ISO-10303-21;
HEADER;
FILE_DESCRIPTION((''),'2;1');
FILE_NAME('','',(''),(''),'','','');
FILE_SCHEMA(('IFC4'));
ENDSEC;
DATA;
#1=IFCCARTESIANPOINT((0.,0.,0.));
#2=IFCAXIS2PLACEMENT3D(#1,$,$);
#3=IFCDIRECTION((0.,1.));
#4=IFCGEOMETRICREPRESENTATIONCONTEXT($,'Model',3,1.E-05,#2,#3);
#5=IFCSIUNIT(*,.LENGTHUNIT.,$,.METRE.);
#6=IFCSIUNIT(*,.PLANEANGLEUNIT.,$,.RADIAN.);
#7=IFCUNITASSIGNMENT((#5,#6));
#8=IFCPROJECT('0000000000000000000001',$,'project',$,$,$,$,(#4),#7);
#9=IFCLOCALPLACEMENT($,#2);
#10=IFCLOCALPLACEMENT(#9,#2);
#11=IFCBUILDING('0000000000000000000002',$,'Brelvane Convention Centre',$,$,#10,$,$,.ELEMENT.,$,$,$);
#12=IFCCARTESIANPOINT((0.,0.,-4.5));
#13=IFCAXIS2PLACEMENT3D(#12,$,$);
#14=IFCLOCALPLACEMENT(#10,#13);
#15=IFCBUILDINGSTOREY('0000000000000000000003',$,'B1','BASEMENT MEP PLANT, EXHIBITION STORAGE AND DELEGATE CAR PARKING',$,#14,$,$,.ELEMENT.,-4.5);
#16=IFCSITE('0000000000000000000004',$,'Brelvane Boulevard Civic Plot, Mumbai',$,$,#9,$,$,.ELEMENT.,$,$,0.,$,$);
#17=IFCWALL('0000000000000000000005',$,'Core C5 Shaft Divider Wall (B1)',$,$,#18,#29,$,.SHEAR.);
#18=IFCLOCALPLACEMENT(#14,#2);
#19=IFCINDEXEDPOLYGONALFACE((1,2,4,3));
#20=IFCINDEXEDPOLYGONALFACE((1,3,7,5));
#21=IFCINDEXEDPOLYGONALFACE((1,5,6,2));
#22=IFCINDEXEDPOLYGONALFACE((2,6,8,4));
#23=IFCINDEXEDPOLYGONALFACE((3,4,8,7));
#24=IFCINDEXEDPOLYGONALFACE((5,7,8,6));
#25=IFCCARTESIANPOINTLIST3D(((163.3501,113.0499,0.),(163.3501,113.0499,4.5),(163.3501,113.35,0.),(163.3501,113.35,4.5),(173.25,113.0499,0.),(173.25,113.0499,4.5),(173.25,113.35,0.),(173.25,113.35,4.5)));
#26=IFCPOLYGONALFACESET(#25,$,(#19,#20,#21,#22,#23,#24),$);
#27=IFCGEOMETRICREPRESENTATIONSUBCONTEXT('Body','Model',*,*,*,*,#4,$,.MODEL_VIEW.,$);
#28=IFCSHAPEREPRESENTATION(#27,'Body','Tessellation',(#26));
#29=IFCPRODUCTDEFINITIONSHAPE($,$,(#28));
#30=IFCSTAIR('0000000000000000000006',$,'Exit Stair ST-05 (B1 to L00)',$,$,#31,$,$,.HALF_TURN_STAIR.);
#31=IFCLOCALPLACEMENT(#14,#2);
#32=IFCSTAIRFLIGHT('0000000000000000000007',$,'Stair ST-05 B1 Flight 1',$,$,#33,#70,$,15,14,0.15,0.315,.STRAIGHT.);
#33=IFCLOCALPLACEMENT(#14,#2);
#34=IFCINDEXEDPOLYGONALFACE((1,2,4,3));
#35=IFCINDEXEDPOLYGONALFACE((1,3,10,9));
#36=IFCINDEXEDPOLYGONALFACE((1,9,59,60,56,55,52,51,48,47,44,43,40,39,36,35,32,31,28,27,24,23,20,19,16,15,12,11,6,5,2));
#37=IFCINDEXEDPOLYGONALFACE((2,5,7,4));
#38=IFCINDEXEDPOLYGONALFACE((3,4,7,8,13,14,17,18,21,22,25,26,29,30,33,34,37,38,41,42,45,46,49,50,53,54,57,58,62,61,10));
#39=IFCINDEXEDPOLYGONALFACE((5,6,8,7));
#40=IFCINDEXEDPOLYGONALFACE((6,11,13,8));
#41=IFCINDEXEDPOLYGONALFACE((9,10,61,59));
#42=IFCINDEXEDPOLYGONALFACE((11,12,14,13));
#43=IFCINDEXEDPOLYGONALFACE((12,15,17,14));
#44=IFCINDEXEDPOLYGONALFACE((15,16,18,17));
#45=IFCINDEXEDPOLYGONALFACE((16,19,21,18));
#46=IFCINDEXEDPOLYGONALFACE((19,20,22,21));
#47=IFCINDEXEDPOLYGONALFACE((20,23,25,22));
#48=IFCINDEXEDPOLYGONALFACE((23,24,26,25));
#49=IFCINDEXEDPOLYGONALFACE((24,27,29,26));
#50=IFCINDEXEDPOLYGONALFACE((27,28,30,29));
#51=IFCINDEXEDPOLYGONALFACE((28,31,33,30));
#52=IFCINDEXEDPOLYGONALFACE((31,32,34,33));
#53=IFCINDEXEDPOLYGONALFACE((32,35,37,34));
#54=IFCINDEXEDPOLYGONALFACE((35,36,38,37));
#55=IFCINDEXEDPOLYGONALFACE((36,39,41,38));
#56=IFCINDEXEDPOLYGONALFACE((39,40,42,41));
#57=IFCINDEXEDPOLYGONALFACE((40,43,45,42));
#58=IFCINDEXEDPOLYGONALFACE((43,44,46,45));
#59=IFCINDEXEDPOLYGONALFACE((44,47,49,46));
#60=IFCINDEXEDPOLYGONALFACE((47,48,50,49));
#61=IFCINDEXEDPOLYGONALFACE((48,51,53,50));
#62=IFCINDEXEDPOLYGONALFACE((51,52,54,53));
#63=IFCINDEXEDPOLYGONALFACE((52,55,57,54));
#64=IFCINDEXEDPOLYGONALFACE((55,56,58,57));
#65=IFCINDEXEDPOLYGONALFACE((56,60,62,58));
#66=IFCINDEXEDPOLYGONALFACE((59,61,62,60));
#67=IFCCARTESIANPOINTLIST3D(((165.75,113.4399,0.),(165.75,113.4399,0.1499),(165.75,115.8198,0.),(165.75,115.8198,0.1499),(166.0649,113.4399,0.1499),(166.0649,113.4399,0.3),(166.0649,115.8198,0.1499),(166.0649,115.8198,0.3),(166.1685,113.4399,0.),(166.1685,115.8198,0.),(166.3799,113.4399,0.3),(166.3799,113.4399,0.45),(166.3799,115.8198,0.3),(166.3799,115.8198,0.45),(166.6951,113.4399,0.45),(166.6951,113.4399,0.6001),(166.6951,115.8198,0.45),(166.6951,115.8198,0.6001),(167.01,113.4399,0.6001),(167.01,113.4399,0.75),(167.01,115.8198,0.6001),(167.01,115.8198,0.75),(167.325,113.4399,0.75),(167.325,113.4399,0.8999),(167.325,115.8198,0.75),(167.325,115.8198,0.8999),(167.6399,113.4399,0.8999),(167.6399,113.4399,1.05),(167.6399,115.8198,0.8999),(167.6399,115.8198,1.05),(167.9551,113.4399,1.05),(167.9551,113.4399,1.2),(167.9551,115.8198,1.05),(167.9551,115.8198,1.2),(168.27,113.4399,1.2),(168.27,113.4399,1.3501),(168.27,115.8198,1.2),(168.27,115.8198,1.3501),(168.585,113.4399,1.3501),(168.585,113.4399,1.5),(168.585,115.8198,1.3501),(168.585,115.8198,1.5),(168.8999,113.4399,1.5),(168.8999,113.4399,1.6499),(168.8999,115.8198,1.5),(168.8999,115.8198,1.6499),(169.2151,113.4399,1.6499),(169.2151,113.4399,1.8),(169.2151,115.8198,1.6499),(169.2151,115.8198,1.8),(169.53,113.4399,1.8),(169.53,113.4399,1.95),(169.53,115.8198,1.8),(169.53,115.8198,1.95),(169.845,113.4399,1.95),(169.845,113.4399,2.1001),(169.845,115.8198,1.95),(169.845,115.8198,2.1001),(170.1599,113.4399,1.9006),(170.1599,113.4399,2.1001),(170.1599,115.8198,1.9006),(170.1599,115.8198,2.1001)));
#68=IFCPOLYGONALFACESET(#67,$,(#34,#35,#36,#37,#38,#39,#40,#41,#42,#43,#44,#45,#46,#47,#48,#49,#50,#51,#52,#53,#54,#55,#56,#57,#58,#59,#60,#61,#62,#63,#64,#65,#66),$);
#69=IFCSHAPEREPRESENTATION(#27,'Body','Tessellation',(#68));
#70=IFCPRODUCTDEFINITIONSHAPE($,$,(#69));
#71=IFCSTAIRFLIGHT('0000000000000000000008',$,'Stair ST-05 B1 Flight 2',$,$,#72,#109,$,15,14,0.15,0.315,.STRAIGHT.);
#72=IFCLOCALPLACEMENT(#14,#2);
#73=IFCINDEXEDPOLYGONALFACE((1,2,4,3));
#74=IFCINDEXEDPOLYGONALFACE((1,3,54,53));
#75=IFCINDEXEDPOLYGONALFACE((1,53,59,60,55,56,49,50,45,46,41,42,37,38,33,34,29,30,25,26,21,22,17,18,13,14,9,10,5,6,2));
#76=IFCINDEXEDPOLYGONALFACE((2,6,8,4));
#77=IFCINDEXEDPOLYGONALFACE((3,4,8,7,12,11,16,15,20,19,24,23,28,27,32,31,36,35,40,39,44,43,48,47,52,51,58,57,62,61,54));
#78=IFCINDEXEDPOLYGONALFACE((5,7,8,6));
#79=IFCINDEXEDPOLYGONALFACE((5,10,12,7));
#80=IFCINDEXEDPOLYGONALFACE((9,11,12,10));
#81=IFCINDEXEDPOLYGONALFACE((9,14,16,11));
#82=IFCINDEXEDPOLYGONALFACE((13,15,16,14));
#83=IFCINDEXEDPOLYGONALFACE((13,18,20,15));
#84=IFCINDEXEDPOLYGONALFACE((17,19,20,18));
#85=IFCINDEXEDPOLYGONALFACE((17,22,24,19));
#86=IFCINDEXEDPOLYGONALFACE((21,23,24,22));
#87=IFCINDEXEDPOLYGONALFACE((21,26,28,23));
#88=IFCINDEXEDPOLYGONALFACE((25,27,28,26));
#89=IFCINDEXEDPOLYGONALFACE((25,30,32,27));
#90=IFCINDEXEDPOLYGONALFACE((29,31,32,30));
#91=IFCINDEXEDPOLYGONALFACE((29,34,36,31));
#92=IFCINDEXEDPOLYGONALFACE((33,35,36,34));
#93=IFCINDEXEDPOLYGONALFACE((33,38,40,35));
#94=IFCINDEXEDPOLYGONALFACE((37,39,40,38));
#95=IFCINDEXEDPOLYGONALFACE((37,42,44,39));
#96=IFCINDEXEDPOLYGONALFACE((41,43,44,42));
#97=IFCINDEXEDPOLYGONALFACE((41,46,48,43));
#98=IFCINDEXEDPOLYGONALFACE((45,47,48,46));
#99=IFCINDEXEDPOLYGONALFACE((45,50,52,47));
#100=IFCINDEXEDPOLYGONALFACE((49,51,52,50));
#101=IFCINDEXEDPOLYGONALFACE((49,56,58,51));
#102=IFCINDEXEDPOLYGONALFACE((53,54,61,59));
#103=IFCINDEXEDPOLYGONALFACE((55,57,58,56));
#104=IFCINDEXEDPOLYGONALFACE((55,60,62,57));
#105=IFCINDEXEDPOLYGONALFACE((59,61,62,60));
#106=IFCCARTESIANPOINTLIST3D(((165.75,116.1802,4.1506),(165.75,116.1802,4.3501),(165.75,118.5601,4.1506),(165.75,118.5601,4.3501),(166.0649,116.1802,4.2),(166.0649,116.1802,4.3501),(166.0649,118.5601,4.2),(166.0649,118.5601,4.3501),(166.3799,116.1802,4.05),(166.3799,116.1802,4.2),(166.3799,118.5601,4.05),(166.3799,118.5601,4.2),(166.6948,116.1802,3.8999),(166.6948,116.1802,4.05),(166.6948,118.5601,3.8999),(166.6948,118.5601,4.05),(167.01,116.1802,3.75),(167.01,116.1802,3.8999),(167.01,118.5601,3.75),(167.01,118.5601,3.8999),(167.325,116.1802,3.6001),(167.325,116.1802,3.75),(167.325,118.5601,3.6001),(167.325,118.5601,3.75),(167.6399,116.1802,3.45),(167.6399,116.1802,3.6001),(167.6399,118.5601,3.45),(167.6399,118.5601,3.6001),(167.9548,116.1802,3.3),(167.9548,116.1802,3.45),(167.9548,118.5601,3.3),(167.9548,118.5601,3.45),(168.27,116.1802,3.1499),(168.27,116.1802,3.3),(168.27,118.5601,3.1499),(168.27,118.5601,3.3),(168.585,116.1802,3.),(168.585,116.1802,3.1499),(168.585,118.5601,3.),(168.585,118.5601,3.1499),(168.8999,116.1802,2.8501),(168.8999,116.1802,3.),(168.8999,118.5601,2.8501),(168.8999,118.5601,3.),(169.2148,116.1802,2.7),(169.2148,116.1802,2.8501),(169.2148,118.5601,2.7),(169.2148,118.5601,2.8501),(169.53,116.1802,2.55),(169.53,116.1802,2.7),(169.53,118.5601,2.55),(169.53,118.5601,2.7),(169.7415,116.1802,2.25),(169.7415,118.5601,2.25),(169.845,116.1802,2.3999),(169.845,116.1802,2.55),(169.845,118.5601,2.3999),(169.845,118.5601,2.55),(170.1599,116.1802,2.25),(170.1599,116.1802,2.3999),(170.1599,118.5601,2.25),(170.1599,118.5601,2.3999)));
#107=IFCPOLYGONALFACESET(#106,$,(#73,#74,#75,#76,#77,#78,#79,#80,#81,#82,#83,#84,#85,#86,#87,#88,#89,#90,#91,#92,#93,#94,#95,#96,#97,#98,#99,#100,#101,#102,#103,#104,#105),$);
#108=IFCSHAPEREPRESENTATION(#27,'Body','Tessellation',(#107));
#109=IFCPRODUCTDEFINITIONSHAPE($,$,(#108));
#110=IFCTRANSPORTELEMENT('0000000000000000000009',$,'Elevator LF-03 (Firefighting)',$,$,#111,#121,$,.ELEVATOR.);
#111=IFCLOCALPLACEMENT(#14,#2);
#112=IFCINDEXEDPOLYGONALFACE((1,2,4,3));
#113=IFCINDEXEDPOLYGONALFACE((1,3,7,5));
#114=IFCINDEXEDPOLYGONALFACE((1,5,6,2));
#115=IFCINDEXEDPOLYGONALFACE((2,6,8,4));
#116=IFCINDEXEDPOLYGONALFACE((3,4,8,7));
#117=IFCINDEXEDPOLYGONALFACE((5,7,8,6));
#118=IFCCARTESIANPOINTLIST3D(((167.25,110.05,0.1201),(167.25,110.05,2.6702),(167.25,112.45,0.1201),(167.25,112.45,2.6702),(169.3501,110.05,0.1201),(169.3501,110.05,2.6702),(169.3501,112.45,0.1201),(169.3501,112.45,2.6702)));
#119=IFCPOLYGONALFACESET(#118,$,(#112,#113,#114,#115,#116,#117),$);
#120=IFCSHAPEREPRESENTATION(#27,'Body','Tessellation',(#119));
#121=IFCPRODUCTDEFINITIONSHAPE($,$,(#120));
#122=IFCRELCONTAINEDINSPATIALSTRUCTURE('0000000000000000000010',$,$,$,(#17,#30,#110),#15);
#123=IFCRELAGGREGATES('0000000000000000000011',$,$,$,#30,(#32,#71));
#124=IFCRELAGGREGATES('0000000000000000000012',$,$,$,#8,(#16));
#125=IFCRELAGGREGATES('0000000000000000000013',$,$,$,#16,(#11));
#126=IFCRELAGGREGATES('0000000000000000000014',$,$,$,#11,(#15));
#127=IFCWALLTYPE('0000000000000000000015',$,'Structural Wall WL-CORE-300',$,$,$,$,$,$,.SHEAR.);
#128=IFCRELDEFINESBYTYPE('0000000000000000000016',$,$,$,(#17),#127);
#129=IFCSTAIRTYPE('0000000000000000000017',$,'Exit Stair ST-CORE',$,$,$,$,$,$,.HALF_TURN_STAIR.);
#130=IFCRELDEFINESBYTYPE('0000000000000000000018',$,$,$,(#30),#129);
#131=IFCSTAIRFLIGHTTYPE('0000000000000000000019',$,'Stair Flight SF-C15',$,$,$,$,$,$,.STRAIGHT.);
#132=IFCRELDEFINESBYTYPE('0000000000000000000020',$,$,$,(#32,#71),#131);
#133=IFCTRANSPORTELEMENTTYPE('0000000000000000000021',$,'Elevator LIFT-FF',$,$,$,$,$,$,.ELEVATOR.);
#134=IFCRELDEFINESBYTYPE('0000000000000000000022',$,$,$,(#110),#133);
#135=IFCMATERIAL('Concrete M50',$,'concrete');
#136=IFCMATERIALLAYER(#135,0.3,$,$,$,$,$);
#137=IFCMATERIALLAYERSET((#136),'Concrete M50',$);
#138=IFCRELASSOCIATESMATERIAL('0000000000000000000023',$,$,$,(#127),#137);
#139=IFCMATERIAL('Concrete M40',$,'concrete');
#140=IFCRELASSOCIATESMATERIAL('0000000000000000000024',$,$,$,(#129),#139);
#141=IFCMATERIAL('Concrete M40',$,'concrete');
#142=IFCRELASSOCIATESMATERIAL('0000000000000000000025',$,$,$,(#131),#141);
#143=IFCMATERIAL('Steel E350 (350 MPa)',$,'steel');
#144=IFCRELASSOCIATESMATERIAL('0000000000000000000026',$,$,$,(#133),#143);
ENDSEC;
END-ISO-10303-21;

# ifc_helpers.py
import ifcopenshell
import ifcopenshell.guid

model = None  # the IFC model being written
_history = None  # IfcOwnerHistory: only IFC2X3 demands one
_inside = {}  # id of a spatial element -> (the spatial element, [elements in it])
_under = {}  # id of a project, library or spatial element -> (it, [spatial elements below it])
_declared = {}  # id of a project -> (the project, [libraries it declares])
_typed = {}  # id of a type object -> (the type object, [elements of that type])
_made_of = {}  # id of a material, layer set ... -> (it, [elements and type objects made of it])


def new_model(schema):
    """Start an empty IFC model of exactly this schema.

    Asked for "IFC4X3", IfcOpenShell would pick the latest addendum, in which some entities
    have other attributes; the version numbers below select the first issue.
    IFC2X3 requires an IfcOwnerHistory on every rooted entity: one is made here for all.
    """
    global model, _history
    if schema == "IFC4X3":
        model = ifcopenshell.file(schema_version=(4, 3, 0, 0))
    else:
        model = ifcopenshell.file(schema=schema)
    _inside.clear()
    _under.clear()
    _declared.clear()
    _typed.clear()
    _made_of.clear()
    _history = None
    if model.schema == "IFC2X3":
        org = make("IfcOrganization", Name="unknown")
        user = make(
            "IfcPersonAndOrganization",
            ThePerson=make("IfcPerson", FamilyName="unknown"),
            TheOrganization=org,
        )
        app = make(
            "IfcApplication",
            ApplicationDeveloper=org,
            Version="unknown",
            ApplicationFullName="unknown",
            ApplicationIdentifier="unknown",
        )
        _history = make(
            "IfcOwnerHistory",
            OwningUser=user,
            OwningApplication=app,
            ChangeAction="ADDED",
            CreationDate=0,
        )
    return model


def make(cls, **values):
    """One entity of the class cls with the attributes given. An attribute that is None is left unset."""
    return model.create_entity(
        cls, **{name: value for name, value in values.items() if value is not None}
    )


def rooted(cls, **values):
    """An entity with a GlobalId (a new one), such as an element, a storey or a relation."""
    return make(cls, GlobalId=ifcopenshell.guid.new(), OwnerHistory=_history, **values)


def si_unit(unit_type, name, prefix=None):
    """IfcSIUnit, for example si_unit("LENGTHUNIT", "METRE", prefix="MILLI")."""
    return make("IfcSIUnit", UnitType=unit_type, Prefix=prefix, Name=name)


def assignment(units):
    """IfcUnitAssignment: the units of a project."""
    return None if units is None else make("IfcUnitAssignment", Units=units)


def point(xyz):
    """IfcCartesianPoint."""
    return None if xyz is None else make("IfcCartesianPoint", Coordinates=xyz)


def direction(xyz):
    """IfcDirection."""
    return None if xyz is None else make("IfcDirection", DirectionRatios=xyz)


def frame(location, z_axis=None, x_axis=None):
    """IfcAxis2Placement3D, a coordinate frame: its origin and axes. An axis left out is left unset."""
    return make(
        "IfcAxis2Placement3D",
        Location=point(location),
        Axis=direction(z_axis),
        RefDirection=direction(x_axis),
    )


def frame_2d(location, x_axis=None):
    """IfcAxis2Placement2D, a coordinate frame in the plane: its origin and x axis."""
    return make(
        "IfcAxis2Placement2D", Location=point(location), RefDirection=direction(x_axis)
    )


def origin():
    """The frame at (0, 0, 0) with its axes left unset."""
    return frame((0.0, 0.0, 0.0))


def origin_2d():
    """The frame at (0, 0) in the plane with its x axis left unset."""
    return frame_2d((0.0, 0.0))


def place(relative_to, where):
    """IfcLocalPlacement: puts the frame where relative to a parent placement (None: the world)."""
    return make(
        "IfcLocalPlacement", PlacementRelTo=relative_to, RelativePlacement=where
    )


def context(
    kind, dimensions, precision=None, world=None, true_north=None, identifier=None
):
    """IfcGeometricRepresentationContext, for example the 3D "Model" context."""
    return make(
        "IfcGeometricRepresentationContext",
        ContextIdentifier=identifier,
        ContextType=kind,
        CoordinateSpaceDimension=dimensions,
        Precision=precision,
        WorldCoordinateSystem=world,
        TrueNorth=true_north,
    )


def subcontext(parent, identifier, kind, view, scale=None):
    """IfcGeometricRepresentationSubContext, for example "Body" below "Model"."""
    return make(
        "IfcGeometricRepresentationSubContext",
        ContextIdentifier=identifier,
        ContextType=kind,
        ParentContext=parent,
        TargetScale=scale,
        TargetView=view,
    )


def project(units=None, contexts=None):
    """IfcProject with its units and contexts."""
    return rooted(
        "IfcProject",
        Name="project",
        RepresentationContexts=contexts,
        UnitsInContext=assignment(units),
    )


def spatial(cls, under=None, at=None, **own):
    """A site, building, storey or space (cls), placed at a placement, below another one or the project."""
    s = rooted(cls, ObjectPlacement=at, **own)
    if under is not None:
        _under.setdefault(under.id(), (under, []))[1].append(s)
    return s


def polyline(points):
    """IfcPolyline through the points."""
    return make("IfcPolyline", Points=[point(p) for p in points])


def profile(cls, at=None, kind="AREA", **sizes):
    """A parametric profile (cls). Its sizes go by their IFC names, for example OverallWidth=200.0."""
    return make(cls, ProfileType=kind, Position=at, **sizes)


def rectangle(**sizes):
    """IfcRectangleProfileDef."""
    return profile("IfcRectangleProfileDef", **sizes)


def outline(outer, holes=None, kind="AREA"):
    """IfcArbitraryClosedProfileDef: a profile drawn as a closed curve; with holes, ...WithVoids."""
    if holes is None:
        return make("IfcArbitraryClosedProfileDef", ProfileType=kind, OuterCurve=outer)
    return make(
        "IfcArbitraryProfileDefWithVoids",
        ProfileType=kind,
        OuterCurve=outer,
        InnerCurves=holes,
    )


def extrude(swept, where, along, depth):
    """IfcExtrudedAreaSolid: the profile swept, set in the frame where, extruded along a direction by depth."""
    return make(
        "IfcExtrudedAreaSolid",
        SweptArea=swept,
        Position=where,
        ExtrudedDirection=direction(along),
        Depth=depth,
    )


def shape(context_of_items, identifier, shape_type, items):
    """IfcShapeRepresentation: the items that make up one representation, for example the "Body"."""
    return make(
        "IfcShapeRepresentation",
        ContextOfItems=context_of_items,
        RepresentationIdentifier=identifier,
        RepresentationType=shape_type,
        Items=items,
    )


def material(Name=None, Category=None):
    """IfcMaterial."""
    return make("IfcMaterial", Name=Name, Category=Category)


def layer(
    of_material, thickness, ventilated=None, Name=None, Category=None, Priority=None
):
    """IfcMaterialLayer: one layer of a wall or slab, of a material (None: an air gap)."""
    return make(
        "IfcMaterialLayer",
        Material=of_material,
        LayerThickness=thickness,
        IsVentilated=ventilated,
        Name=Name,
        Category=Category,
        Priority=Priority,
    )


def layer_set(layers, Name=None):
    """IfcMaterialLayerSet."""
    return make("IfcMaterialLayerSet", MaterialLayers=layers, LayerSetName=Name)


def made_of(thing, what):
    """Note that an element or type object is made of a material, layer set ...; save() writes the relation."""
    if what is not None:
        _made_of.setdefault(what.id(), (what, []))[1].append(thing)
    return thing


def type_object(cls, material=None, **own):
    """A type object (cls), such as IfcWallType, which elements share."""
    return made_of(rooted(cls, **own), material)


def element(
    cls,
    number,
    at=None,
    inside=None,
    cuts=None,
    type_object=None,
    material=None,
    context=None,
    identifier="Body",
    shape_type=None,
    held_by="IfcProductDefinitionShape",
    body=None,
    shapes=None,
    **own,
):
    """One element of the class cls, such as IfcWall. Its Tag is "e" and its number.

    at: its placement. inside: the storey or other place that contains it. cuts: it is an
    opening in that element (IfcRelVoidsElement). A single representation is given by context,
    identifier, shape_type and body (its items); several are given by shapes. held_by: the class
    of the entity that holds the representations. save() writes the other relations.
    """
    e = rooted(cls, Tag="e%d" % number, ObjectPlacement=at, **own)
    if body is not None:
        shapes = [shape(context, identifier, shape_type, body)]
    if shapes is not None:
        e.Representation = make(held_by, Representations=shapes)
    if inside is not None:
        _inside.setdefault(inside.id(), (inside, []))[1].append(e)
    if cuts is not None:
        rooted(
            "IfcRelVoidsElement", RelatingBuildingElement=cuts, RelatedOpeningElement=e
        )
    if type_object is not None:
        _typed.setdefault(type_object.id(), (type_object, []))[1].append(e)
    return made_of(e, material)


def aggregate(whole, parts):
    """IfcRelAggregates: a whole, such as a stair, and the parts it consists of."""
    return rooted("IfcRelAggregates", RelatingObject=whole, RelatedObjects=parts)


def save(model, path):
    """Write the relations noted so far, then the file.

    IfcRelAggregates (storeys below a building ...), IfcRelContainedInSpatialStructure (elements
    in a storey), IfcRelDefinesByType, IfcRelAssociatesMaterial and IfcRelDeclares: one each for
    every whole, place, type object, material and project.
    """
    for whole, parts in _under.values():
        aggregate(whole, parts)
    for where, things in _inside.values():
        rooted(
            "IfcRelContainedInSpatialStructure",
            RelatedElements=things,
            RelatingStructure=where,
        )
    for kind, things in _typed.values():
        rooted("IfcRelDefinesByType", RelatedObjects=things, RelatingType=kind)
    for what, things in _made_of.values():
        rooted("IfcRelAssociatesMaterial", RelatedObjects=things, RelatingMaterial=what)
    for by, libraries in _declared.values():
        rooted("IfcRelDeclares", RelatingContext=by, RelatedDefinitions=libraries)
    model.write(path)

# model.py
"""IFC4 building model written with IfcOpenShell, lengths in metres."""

from ifc_helpers import new_model, si_unit, direction, frame, frame_2d, origin, origin_2d, place, context, subcontext, project, spatial, polyline, rectangle, outline, extrude, material, layer, layer_set, type_object, element, aggregate, save


model = new_model("IFC4")

# Units and contexts
model_context = context("Model", 3, precision=1e-05, world=origin(), true_north=direction((0.0, 1.0)))
body_context = subcontext(model_context, "Body", "Model", "MODEL_VIEW")
ifc_project = project(units=[si_unit("LENGTHUNIT", "METRE"), si_unit("PLANEANGLEUNIT", "RADIAN")], contexts=[model_context])

# Site, building, storey
site_placement = place(None, origin())
site = spatial("IfcSite", under=ifc_project, at=site_placement, Name="Brelvane Boulevard Civic Plot, Mumbai", CompositionType="ELEMENT", RefElevation=0.0)
building_placement = place(site_placement, origin())
building = spatial("IfcBuilding", under=site, at=building_placement, Name="Brelvane Convention Centre", CompositionType="ELEMENT")
storey_placement = place(building_placement, frame((0.0, 0.0, -4.5)))
storey = spatial("IfcBuildingStorey", under=building, at=storey_placement, Name="B1", Description="BASEMENT MEP PLANT, EXHIBITION STORAGE AND DELEGATE CAR PARKING", CompositionType="ELEMENT", Elevation=-4.5)

# Shared definitions
ifc_material_1 = material(Name="Concrete M50", Category="concrete")
ifc_layer = layer(ifc_material_1, 0.3)
ifc_layer_set = layer_set([ifc_layer], Name="Concrete M50")
wall_type = type_object("IfcWallType", Name="Structural Wall WL-CORE-300", PredefinedType="SHEAR", material=ifc_layer_set)

# Wall
wall_1_placement = place(storey_placement, frame((163.3501, 113.2, 0.0), z_axis=(0.0, 0.0, 1.0), x_axis=(1.0, 0.0, 0.0)))
element("IfcWall", 1, at=wall_1_placement, inside=storey, type_object=wall_type, Name="Core C5 Shaft Divider Wall (B1)", PredefinedType="SHEAR", context=body_context, shape_type="SweptSolid", body=[
    extrude(rectangle(XDim=9.8999, YDim=0.3, at=frame_2d((4.95, 0.0))), origin(), (0.0, 0.0, 1.0), 4.5),
])

# Stair, stair flights
ifc_material_2 = material(Name="Concrete M40", Category="concrete")
stair_type = type_object("IfcStairType", Name="Exit Stair ST-CORE", PredefinedType="HALF_TURN_STAIR", material=ifc_material_2)
stair_placement = place(storey_placement, origin())
stair = element("IfcStair", 2, at=stair_placement, inside=storey, type_object=stair_type, Name="Exit Stair ST-05 (B1 to L00)", PredefinedType="HALF_TURN_STAIR")
ifc_material_3 = material(Name="Concrete M40", Category="concrete")
stair_flight_type = type_object("IfcStairFlightType", Name="Stair Flight SF-C15", PredefinedType="STRAIGHT", material=ifc_material_3)
stair_flight_1_placement = place(storey_placement, frame((165.75, 114.6299, 0.0), z_axis=(0.0, 0.0, 1.0), x_axis=(1.0, 0.0, 0.0)))
stair_flight_1 = element("IfcStairFlight", 3, at=stair_flight_1_placement, type_object=stair_flight_type, Name="Stair ST-05 B1 Flight 1", NumberOfRisers=15, NumberOfTreads=14, PredefinedType="STRAIGHT", RiserHeight=0.15, TreadLength=0.315, context=body_context, shape_type="SweptSolid", body=[
    extrude(outline(polyline([(0.0, 0.0), (0.0, 0.1499), (0.3149, 0.1499), (0.3149, 0.3), (0.6299, 0.3), (0.6299, 0.45), (0.9451, 0.45), (0.9451, 0.6001), (1.26, 0.6001), (1.26, 0.75), (1.575, 0.75), (1.575, 0.8999), (1.8899, 0.8999), (1.8899, 1.05), (2.2051, 1.05), (2.2051, 1.2), (2.52, 1.2), (2.52, 1.3501), (2.835, 1.3501), (2.835, 1.5), (3.1499, 1.5), (3.1499, 1.6499), (3.4651, 1.6499), (3.4651, 1.8), (3.78, 1.8), (3.78, 1.95), (4.095, 1.95), (4.095, 2.1001), (4.4099, 2.1001), (4.4099, 2.25), (4.4099, 1.9006), (0.4185, 0.0), (0.0, 0.0)])), frame((0.0, 1.1899, 0.0), z_axis=(0.0, -1.0, 0.0), x_axis=(1.0, 0.0, 0.0)), (0.0, 0.0, 1.0), 2.3799),
])
stair_flight_2_placement = place(storey_placement, frame((170.1599, 117.3701, 2.25), z_axis=(0.0, 0.0, 1.0), x_axis=(-1.0, 0.0, 0.0)))
stair_flight_2 = element("IfcStairFlight", 4, at=stair_flight_2_placement, type_object=stair_flight_type, Name="Stair ST-05 B1 Flight 2", NumberOfRisers=15, NumberOfTreads=14, PredefinedType="STRAIGHT", RiserHeight=0.15, TreadLength=0.315, context=body_context, shape_type="SweptSolid", body=[
    extrude(outline(polyline([(0.0, 0.0), (0.0, 0.1499), (0.3149, 0.1499), (0.3149, 0.3), (0.6299, 0.3), (0.6299, 0.45), (0.9451, 0.45), (0.9451, 0.6001), (1.26, 0.6001), (1.26, 0.75), (1.575, 0.75), (1.575, 0.8999), (1.8899, 0.8999), (1.8899, 1.05), (2.2051, 1.05), (2.2051, 1.2), (2.52, 1.2), (2.52, 1.3501), (2.835, 1.3501), (2.835, 1.5), (3.1499, 1.5), (3.1499, 1.6499), (3.4651, 1.6499), (3.4651, 1.8), (3.78, 1.8), (3.78, 1.95), (4.095, 1.95), (4.095, 2.1001), (4.4099, 2.1001), (4.4099, 2.25), (4.4099, 1.9006), (0.4185, 0.0), (0.0, 0.0)])), frame((0.0, 1.1899, 0.0), z_axis=(0.0, -1.0, 0.0), x_axis=(1.0, 0.0, 0.0)), (0.0, 0.0, 1.0), 2.3799),
])
aggregate(stair, [stair_flight_1, stair_flight_2])

# Transport element
ifc_material_4 = material(Name="Steel E350 (350 MPa)", Category="steel")
transport_element_type = type_object("IfcTransportElementType", Name="Elevator LIFT-FF", PredefinedType="ELEVATOR", material=ifc_material_4)
transport_element_placement = place(storey_placement, frame((168.3, 111.25, 0.1201), z_axis=(0.0, 0.0, 1.0), x_axis=(1.0, 0.0, 0.0)))
element("IfcTransportElement", 5, at=transport_element_placement, inside=storey, type_object=transport_element_type, Name="Elevator LF-03 (Firefighting)", PredefinedType="ELEVATOR", context=body_context, shape_type="SweptSolid", body=[
    extrude(rectangle(XDim=2.1001, YDim=2.3999, at=origin_2d()), origin(), (0.0, 0.0, 1.0), 2.55),
])

save(model, "model.ifc")
